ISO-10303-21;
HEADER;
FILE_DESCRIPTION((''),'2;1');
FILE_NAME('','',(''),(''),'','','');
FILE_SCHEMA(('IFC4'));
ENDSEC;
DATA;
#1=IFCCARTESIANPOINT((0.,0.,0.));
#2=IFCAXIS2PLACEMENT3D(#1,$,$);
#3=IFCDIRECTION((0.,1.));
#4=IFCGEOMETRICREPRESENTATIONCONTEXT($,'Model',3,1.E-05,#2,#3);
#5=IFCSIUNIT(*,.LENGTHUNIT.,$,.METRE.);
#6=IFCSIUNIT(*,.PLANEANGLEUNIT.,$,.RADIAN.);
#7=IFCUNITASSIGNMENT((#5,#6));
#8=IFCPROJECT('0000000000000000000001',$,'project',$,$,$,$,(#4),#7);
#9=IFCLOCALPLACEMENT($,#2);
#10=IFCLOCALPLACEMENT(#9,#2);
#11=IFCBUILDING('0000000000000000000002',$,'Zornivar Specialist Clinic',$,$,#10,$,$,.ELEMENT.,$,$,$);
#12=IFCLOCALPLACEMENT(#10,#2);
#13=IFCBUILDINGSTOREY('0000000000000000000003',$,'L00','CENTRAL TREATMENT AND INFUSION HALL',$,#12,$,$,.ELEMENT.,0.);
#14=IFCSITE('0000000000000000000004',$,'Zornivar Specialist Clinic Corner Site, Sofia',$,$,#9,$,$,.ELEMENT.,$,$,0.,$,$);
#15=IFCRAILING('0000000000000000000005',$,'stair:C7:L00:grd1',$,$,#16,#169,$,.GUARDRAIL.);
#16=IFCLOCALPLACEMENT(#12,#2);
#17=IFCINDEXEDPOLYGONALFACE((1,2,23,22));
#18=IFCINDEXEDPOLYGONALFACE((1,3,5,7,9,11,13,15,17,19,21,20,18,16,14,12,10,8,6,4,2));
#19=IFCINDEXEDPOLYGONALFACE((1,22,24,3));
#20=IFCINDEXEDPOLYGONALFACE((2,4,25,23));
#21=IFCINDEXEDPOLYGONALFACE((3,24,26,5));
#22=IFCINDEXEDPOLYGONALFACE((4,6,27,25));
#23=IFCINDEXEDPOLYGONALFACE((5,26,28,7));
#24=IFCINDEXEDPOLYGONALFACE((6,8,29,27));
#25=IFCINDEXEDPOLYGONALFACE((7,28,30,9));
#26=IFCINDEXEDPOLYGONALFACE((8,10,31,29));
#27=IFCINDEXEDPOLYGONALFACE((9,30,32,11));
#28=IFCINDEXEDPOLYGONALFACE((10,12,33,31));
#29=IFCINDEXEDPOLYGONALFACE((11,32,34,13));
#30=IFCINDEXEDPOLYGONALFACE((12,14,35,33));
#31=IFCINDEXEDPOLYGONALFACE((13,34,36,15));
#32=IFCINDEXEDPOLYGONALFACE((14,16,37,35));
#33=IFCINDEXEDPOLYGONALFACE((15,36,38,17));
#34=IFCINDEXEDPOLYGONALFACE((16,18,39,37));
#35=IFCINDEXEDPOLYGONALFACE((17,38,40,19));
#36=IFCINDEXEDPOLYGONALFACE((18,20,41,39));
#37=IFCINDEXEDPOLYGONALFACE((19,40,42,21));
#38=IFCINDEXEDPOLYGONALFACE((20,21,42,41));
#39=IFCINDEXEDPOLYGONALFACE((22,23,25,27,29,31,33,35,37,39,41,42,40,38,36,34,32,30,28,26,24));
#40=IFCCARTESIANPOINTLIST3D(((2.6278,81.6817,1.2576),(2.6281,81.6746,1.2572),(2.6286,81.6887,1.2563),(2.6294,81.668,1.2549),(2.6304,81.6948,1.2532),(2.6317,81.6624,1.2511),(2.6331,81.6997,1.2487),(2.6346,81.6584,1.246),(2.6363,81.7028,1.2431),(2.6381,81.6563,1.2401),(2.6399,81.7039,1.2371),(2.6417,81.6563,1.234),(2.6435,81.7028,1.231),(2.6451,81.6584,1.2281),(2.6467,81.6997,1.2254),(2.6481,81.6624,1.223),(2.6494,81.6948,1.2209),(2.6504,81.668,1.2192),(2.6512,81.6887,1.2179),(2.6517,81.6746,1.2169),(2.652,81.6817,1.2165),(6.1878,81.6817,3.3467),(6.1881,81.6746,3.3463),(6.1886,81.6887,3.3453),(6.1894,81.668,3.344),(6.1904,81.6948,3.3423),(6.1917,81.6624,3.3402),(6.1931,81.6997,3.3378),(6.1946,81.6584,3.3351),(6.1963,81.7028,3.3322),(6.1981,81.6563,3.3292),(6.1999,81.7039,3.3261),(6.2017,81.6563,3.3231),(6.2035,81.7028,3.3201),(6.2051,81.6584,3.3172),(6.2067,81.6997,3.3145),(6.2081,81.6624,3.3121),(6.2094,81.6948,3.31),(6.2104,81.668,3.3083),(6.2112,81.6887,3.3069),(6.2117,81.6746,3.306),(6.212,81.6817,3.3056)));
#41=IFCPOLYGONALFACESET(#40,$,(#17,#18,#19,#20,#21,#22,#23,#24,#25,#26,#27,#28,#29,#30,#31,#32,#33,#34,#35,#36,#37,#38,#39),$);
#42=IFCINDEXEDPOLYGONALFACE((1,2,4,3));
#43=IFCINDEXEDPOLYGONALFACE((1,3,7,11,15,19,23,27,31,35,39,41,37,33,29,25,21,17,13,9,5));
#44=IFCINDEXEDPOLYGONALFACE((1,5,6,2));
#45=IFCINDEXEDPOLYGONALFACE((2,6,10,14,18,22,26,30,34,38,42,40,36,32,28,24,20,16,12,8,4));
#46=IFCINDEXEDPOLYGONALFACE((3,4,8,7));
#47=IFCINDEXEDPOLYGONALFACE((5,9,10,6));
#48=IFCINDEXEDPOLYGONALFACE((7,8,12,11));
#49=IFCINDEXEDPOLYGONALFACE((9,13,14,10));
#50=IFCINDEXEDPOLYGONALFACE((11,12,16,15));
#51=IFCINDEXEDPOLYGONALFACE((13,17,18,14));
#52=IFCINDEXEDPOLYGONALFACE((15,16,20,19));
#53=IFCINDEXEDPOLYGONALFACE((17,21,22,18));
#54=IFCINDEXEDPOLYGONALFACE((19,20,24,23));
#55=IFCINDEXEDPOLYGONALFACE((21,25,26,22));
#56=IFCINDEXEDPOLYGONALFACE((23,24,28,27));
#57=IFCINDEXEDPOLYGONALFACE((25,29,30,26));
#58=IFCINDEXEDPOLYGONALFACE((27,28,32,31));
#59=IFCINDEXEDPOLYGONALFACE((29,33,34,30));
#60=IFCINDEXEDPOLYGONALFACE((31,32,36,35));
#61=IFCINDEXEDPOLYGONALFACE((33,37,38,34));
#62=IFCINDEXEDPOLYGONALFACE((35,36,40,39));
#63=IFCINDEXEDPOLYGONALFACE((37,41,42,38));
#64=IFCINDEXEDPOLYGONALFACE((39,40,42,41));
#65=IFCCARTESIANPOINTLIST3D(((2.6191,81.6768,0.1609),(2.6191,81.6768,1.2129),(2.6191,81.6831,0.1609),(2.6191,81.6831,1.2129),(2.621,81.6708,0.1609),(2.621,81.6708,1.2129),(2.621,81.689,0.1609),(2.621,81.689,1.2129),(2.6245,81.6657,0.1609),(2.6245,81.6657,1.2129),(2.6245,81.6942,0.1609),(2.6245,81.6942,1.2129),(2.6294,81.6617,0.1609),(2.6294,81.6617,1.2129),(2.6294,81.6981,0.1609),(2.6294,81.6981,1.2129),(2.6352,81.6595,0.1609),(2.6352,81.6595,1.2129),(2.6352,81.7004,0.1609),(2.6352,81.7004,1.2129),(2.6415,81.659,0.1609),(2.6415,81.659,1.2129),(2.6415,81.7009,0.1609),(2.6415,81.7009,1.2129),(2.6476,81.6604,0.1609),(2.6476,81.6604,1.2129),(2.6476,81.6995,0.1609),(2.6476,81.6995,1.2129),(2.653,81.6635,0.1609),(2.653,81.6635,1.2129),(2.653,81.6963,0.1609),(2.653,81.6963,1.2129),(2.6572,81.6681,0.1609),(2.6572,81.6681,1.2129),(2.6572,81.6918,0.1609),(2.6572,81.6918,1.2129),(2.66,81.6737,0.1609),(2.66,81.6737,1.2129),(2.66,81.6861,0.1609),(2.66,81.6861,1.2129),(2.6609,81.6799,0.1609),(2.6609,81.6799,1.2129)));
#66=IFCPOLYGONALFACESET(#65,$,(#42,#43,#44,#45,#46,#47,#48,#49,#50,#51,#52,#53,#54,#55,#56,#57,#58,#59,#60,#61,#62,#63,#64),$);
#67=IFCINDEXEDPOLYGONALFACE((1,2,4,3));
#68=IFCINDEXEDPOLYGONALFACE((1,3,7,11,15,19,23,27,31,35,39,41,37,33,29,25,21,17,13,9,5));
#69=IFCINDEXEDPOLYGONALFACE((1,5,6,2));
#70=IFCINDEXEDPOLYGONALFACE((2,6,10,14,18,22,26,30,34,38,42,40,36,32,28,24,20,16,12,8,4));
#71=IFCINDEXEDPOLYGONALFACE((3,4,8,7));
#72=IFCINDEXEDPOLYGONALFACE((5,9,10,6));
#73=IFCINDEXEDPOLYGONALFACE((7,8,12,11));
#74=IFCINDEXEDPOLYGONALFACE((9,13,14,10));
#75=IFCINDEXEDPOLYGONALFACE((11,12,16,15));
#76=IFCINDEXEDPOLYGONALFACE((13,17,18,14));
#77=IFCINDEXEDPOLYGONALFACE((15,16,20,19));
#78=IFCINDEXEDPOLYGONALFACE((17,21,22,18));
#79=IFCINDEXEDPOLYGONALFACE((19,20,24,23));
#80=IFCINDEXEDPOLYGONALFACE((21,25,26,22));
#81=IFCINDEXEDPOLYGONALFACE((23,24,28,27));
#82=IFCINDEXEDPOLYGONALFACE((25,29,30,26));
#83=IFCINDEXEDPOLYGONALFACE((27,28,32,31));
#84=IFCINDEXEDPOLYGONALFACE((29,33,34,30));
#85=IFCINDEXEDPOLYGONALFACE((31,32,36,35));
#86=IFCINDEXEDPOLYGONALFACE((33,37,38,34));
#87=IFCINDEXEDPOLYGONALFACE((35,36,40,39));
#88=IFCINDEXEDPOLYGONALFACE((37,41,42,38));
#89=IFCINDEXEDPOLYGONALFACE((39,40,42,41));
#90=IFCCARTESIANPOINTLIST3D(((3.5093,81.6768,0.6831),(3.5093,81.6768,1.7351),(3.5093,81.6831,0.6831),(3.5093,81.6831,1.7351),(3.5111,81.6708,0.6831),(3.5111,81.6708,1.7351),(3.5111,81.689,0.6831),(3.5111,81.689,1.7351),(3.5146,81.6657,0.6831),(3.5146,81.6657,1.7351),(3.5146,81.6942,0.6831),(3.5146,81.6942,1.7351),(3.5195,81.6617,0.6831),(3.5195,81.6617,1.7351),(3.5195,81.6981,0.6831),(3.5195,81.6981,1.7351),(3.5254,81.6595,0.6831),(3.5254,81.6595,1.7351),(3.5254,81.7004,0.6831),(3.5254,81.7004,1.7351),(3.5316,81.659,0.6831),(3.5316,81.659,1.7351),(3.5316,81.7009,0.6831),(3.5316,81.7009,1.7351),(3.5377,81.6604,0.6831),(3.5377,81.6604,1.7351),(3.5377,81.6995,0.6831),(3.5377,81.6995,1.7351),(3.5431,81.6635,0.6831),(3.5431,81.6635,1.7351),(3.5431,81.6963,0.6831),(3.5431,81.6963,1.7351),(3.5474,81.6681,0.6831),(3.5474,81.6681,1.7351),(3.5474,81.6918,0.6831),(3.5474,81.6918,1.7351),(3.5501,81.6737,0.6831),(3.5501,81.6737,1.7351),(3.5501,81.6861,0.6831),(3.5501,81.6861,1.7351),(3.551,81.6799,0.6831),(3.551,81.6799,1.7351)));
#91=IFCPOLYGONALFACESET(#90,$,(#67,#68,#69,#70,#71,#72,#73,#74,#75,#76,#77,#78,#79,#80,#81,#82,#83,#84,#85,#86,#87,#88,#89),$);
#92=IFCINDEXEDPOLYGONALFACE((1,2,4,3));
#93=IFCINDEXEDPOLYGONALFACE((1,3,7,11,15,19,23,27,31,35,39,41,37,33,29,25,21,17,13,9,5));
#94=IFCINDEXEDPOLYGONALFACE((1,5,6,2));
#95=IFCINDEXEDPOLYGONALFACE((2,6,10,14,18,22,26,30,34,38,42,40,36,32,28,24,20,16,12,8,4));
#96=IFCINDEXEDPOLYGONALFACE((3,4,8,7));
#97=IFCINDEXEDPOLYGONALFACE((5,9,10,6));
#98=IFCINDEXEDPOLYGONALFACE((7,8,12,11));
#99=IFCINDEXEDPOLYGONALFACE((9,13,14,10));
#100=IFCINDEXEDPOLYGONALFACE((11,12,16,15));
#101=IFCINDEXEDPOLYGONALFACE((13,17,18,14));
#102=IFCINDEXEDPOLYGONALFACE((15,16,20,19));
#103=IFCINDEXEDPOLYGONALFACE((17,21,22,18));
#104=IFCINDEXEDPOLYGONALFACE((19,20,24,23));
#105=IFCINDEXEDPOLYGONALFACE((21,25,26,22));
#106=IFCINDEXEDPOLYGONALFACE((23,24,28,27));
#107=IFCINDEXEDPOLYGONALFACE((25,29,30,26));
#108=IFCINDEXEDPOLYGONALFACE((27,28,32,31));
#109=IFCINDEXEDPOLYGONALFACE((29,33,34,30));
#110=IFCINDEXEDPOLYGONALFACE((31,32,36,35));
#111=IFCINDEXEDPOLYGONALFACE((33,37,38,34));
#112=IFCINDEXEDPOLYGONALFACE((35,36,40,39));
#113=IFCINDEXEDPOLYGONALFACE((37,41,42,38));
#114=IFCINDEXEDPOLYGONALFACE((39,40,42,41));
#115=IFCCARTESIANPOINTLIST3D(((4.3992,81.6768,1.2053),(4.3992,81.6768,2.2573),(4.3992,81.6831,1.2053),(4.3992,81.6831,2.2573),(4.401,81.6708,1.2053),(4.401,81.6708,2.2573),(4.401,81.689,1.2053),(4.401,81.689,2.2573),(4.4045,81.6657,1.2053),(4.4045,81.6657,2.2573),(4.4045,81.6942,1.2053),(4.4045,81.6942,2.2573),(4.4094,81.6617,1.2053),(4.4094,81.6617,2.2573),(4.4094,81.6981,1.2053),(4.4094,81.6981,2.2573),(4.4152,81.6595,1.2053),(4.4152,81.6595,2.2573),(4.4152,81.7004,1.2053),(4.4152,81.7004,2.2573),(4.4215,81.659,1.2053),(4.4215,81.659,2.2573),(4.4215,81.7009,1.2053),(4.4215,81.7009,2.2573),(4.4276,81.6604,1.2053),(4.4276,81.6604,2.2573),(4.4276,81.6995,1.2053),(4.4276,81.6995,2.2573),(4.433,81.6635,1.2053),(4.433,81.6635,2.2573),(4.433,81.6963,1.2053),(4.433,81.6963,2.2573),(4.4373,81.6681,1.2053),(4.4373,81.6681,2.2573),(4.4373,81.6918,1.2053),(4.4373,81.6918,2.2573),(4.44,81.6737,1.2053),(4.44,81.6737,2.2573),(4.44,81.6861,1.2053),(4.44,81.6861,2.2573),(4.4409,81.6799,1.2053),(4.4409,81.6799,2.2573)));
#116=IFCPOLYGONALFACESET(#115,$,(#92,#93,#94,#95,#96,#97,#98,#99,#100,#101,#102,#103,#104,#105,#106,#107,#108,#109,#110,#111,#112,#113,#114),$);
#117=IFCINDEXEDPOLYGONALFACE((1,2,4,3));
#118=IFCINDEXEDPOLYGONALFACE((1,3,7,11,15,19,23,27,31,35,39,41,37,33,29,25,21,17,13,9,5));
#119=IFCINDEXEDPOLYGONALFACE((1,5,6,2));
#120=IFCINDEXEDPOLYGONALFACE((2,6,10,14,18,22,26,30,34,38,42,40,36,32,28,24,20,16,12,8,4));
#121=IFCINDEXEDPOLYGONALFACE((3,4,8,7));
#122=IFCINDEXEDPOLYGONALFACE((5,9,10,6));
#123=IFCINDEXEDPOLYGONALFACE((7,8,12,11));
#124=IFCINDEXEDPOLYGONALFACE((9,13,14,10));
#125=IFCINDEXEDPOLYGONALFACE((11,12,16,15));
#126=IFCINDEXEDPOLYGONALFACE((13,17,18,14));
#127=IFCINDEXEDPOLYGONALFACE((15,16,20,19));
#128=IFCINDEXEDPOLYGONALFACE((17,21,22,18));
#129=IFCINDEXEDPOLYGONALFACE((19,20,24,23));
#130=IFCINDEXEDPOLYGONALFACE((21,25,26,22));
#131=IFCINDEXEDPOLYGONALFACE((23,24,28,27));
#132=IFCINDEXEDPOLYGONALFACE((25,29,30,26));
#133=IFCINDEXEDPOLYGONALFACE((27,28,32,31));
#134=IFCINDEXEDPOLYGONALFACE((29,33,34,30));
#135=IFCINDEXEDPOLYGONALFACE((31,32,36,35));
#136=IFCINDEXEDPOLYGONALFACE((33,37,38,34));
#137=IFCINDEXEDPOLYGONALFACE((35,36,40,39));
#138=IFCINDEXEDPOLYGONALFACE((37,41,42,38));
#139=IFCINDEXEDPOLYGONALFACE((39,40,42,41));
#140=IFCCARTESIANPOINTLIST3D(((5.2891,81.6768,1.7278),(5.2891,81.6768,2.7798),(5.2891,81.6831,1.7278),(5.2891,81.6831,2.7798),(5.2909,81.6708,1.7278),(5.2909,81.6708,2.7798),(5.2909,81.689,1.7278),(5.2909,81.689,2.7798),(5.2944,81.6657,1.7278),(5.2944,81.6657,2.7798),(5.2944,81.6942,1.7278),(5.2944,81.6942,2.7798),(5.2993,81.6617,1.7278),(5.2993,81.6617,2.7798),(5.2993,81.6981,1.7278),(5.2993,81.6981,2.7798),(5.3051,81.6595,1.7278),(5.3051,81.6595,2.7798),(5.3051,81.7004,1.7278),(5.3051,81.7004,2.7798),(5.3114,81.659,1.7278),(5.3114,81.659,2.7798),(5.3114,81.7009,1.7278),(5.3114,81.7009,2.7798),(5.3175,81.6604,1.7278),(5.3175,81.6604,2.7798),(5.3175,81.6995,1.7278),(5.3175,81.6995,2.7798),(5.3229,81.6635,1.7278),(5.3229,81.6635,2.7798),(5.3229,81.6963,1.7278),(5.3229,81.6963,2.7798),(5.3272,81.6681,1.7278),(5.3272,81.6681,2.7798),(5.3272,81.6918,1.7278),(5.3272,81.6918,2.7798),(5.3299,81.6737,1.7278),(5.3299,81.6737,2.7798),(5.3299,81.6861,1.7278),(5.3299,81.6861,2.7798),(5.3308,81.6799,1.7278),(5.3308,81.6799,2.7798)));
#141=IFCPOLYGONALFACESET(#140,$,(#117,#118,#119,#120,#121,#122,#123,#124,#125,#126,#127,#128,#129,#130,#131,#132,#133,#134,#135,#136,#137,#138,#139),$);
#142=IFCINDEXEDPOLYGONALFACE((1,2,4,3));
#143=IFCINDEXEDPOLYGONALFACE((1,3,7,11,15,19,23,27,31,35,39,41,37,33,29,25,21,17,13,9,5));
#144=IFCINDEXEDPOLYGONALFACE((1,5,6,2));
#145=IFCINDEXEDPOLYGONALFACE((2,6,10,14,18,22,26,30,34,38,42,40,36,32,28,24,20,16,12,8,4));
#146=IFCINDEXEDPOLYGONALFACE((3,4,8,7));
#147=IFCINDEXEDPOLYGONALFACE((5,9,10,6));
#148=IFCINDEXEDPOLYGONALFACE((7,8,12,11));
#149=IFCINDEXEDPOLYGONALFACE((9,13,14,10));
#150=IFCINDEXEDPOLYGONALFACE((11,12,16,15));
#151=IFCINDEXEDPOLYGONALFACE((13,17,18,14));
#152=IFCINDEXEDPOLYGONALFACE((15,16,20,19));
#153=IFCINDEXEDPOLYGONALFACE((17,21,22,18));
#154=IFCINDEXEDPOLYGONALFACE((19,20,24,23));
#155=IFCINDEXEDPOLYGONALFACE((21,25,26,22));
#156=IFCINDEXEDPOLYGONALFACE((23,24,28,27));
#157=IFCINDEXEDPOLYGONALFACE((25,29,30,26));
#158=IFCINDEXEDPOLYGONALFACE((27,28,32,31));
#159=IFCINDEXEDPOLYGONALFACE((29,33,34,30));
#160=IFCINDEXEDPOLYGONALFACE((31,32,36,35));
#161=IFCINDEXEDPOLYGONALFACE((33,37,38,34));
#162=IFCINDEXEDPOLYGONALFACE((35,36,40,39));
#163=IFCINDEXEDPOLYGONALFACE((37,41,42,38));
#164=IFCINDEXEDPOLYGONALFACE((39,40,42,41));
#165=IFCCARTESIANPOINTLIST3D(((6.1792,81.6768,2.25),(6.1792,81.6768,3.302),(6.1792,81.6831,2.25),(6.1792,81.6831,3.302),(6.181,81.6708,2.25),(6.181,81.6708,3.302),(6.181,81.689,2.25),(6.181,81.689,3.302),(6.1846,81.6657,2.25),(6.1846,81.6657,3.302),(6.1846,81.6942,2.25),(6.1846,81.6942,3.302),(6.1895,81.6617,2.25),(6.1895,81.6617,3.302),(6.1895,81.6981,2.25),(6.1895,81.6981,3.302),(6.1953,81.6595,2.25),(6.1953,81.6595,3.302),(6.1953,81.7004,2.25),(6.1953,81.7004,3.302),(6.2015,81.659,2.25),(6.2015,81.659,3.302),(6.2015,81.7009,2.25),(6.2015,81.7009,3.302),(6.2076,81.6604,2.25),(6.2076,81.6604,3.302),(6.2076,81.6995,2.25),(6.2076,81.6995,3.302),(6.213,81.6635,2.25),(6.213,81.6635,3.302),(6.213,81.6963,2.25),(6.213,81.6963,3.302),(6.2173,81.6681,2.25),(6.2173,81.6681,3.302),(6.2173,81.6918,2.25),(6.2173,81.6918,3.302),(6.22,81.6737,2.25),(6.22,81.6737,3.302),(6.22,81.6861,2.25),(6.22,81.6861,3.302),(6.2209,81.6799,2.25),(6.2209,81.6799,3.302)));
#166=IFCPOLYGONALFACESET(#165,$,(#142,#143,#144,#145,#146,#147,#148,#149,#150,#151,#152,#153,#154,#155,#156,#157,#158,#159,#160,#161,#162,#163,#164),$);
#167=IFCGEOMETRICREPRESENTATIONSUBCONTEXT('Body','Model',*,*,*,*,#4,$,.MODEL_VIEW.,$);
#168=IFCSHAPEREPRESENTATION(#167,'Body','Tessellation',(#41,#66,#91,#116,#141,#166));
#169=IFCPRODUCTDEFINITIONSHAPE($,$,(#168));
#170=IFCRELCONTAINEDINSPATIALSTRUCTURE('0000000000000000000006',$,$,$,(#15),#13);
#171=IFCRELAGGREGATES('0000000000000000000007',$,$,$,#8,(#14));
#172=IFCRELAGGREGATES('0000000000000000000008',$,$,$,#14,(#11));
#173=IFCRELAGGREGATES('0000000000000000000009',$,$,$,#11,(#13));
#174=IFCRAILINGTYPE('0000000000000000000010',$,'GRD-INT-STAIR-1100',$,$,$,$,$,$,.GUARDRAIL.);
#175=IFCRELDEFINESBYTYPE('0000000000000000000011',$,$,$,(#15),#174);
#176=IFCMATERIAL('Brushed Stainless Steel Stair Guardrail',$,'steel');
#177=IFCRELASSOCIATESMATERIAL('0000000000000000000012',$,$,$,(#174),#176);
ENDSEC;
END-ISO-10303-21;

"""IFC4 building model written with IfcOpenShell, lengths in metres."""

from ifc_helpers import new_model, si_unit, direction, frame, origin, origin_2d, place, context, subcontext, project, spatial, circle, extrude, material, type_object, element, save


model = new_model("IFC4")

# Units and contexts
model_context = context("Model", 3, precision=1e-05, world=origin(), true_north=direction((0.0, 1.0)))
body_context = subcontext(model_context, "Body", "Model", "MODEL_VIEW")
ifc_project = project(units=[si_unit("LENGTHUNIT", "METRE"), si_unit("PLANEANGLEUNIT", "RADIAN")], contexts=[model_context])

# Site, building, storey
site_placement = place(None, origin())
site = spatial("IfcSite", under=ifc_project, at=site_placement, Name="Zornivar Specialist Clinic Corner Site, Sofia", CompositionType="ELEMENT", RefElevation=0.0)
building_placement = place(site_placement, origin())
building = spatial("IfcBuilding", under=site, at=building_placement, Name="Zornivar Specialist Clinic", CompositionType="ELEMENT")
storey_placement = place(building_placement, origin())
storey = spatial("IfcBuildingStorey", under=building, at=storey_placement, Name="L00", Description="CENTRAL TREATMENT AND INFUSION HALL", CompositionType="ELEMENT", Elevation=0.0)

# Railing
ifc_material_1 = material(Name="Brushed Stainless Steel Stair Guardrail", Category="steel")
railing_type_1 = type_object("IfcRailingType", Name="GRD-INT-STAIR-1100", PredefinedType="GUARDRAIL", material=ifc_material_1)
railing_1_placement = place(storey_placement, frame((2.6399, 81.6799, 0.1609)))
element("IfcRailing", 1, at=railing_1_placement, inside=storey, type_object=railing_type_1, Name="stair:C7:L00:grd1", PredefinedType="GUARDRAIL", context=body_context, shape_type="SweptSolid", body=[
    extrude(circle(Radius=0.0239, at=origin_2d()), frame((0.0, 0.0, 1.0762), z_axis=(0.862467, 0.0, 0.506113), x_axis=(0.0, 1.0, 0.0)), (0.0, 0.0, 1.0), 4.1277),
    extrude(circle(Radius=0.021, at=origin_2d()), origin(), (0.0, 0.0, 1.0), 1.052),
    extrude(circle(Radius=0.021, at=origin_2d()), frame((0.8901, 0.0, 0.5222)), (0.0, 0.0, 1.0), 1.052),
    extrude(circle(Radius=0.021, at=origin_2d()), frame((1.78, 0.0, 1.0444)), (0.0, 0.0, 1.0), 1.052),
    extrude(circle(Radius=0.021, at=origin_2d()), frame((2.6699, 0.0, 1.5669)), (0.0, 0.0, 1.0), 1.052),
    extrude(circle(Radius=0.021, at=origin_2d()), frame((3.5601, 0.0, 2.0891)), (0.0, 0.0, 1.0), 1.052),
])

save(model, "model.ifc")
